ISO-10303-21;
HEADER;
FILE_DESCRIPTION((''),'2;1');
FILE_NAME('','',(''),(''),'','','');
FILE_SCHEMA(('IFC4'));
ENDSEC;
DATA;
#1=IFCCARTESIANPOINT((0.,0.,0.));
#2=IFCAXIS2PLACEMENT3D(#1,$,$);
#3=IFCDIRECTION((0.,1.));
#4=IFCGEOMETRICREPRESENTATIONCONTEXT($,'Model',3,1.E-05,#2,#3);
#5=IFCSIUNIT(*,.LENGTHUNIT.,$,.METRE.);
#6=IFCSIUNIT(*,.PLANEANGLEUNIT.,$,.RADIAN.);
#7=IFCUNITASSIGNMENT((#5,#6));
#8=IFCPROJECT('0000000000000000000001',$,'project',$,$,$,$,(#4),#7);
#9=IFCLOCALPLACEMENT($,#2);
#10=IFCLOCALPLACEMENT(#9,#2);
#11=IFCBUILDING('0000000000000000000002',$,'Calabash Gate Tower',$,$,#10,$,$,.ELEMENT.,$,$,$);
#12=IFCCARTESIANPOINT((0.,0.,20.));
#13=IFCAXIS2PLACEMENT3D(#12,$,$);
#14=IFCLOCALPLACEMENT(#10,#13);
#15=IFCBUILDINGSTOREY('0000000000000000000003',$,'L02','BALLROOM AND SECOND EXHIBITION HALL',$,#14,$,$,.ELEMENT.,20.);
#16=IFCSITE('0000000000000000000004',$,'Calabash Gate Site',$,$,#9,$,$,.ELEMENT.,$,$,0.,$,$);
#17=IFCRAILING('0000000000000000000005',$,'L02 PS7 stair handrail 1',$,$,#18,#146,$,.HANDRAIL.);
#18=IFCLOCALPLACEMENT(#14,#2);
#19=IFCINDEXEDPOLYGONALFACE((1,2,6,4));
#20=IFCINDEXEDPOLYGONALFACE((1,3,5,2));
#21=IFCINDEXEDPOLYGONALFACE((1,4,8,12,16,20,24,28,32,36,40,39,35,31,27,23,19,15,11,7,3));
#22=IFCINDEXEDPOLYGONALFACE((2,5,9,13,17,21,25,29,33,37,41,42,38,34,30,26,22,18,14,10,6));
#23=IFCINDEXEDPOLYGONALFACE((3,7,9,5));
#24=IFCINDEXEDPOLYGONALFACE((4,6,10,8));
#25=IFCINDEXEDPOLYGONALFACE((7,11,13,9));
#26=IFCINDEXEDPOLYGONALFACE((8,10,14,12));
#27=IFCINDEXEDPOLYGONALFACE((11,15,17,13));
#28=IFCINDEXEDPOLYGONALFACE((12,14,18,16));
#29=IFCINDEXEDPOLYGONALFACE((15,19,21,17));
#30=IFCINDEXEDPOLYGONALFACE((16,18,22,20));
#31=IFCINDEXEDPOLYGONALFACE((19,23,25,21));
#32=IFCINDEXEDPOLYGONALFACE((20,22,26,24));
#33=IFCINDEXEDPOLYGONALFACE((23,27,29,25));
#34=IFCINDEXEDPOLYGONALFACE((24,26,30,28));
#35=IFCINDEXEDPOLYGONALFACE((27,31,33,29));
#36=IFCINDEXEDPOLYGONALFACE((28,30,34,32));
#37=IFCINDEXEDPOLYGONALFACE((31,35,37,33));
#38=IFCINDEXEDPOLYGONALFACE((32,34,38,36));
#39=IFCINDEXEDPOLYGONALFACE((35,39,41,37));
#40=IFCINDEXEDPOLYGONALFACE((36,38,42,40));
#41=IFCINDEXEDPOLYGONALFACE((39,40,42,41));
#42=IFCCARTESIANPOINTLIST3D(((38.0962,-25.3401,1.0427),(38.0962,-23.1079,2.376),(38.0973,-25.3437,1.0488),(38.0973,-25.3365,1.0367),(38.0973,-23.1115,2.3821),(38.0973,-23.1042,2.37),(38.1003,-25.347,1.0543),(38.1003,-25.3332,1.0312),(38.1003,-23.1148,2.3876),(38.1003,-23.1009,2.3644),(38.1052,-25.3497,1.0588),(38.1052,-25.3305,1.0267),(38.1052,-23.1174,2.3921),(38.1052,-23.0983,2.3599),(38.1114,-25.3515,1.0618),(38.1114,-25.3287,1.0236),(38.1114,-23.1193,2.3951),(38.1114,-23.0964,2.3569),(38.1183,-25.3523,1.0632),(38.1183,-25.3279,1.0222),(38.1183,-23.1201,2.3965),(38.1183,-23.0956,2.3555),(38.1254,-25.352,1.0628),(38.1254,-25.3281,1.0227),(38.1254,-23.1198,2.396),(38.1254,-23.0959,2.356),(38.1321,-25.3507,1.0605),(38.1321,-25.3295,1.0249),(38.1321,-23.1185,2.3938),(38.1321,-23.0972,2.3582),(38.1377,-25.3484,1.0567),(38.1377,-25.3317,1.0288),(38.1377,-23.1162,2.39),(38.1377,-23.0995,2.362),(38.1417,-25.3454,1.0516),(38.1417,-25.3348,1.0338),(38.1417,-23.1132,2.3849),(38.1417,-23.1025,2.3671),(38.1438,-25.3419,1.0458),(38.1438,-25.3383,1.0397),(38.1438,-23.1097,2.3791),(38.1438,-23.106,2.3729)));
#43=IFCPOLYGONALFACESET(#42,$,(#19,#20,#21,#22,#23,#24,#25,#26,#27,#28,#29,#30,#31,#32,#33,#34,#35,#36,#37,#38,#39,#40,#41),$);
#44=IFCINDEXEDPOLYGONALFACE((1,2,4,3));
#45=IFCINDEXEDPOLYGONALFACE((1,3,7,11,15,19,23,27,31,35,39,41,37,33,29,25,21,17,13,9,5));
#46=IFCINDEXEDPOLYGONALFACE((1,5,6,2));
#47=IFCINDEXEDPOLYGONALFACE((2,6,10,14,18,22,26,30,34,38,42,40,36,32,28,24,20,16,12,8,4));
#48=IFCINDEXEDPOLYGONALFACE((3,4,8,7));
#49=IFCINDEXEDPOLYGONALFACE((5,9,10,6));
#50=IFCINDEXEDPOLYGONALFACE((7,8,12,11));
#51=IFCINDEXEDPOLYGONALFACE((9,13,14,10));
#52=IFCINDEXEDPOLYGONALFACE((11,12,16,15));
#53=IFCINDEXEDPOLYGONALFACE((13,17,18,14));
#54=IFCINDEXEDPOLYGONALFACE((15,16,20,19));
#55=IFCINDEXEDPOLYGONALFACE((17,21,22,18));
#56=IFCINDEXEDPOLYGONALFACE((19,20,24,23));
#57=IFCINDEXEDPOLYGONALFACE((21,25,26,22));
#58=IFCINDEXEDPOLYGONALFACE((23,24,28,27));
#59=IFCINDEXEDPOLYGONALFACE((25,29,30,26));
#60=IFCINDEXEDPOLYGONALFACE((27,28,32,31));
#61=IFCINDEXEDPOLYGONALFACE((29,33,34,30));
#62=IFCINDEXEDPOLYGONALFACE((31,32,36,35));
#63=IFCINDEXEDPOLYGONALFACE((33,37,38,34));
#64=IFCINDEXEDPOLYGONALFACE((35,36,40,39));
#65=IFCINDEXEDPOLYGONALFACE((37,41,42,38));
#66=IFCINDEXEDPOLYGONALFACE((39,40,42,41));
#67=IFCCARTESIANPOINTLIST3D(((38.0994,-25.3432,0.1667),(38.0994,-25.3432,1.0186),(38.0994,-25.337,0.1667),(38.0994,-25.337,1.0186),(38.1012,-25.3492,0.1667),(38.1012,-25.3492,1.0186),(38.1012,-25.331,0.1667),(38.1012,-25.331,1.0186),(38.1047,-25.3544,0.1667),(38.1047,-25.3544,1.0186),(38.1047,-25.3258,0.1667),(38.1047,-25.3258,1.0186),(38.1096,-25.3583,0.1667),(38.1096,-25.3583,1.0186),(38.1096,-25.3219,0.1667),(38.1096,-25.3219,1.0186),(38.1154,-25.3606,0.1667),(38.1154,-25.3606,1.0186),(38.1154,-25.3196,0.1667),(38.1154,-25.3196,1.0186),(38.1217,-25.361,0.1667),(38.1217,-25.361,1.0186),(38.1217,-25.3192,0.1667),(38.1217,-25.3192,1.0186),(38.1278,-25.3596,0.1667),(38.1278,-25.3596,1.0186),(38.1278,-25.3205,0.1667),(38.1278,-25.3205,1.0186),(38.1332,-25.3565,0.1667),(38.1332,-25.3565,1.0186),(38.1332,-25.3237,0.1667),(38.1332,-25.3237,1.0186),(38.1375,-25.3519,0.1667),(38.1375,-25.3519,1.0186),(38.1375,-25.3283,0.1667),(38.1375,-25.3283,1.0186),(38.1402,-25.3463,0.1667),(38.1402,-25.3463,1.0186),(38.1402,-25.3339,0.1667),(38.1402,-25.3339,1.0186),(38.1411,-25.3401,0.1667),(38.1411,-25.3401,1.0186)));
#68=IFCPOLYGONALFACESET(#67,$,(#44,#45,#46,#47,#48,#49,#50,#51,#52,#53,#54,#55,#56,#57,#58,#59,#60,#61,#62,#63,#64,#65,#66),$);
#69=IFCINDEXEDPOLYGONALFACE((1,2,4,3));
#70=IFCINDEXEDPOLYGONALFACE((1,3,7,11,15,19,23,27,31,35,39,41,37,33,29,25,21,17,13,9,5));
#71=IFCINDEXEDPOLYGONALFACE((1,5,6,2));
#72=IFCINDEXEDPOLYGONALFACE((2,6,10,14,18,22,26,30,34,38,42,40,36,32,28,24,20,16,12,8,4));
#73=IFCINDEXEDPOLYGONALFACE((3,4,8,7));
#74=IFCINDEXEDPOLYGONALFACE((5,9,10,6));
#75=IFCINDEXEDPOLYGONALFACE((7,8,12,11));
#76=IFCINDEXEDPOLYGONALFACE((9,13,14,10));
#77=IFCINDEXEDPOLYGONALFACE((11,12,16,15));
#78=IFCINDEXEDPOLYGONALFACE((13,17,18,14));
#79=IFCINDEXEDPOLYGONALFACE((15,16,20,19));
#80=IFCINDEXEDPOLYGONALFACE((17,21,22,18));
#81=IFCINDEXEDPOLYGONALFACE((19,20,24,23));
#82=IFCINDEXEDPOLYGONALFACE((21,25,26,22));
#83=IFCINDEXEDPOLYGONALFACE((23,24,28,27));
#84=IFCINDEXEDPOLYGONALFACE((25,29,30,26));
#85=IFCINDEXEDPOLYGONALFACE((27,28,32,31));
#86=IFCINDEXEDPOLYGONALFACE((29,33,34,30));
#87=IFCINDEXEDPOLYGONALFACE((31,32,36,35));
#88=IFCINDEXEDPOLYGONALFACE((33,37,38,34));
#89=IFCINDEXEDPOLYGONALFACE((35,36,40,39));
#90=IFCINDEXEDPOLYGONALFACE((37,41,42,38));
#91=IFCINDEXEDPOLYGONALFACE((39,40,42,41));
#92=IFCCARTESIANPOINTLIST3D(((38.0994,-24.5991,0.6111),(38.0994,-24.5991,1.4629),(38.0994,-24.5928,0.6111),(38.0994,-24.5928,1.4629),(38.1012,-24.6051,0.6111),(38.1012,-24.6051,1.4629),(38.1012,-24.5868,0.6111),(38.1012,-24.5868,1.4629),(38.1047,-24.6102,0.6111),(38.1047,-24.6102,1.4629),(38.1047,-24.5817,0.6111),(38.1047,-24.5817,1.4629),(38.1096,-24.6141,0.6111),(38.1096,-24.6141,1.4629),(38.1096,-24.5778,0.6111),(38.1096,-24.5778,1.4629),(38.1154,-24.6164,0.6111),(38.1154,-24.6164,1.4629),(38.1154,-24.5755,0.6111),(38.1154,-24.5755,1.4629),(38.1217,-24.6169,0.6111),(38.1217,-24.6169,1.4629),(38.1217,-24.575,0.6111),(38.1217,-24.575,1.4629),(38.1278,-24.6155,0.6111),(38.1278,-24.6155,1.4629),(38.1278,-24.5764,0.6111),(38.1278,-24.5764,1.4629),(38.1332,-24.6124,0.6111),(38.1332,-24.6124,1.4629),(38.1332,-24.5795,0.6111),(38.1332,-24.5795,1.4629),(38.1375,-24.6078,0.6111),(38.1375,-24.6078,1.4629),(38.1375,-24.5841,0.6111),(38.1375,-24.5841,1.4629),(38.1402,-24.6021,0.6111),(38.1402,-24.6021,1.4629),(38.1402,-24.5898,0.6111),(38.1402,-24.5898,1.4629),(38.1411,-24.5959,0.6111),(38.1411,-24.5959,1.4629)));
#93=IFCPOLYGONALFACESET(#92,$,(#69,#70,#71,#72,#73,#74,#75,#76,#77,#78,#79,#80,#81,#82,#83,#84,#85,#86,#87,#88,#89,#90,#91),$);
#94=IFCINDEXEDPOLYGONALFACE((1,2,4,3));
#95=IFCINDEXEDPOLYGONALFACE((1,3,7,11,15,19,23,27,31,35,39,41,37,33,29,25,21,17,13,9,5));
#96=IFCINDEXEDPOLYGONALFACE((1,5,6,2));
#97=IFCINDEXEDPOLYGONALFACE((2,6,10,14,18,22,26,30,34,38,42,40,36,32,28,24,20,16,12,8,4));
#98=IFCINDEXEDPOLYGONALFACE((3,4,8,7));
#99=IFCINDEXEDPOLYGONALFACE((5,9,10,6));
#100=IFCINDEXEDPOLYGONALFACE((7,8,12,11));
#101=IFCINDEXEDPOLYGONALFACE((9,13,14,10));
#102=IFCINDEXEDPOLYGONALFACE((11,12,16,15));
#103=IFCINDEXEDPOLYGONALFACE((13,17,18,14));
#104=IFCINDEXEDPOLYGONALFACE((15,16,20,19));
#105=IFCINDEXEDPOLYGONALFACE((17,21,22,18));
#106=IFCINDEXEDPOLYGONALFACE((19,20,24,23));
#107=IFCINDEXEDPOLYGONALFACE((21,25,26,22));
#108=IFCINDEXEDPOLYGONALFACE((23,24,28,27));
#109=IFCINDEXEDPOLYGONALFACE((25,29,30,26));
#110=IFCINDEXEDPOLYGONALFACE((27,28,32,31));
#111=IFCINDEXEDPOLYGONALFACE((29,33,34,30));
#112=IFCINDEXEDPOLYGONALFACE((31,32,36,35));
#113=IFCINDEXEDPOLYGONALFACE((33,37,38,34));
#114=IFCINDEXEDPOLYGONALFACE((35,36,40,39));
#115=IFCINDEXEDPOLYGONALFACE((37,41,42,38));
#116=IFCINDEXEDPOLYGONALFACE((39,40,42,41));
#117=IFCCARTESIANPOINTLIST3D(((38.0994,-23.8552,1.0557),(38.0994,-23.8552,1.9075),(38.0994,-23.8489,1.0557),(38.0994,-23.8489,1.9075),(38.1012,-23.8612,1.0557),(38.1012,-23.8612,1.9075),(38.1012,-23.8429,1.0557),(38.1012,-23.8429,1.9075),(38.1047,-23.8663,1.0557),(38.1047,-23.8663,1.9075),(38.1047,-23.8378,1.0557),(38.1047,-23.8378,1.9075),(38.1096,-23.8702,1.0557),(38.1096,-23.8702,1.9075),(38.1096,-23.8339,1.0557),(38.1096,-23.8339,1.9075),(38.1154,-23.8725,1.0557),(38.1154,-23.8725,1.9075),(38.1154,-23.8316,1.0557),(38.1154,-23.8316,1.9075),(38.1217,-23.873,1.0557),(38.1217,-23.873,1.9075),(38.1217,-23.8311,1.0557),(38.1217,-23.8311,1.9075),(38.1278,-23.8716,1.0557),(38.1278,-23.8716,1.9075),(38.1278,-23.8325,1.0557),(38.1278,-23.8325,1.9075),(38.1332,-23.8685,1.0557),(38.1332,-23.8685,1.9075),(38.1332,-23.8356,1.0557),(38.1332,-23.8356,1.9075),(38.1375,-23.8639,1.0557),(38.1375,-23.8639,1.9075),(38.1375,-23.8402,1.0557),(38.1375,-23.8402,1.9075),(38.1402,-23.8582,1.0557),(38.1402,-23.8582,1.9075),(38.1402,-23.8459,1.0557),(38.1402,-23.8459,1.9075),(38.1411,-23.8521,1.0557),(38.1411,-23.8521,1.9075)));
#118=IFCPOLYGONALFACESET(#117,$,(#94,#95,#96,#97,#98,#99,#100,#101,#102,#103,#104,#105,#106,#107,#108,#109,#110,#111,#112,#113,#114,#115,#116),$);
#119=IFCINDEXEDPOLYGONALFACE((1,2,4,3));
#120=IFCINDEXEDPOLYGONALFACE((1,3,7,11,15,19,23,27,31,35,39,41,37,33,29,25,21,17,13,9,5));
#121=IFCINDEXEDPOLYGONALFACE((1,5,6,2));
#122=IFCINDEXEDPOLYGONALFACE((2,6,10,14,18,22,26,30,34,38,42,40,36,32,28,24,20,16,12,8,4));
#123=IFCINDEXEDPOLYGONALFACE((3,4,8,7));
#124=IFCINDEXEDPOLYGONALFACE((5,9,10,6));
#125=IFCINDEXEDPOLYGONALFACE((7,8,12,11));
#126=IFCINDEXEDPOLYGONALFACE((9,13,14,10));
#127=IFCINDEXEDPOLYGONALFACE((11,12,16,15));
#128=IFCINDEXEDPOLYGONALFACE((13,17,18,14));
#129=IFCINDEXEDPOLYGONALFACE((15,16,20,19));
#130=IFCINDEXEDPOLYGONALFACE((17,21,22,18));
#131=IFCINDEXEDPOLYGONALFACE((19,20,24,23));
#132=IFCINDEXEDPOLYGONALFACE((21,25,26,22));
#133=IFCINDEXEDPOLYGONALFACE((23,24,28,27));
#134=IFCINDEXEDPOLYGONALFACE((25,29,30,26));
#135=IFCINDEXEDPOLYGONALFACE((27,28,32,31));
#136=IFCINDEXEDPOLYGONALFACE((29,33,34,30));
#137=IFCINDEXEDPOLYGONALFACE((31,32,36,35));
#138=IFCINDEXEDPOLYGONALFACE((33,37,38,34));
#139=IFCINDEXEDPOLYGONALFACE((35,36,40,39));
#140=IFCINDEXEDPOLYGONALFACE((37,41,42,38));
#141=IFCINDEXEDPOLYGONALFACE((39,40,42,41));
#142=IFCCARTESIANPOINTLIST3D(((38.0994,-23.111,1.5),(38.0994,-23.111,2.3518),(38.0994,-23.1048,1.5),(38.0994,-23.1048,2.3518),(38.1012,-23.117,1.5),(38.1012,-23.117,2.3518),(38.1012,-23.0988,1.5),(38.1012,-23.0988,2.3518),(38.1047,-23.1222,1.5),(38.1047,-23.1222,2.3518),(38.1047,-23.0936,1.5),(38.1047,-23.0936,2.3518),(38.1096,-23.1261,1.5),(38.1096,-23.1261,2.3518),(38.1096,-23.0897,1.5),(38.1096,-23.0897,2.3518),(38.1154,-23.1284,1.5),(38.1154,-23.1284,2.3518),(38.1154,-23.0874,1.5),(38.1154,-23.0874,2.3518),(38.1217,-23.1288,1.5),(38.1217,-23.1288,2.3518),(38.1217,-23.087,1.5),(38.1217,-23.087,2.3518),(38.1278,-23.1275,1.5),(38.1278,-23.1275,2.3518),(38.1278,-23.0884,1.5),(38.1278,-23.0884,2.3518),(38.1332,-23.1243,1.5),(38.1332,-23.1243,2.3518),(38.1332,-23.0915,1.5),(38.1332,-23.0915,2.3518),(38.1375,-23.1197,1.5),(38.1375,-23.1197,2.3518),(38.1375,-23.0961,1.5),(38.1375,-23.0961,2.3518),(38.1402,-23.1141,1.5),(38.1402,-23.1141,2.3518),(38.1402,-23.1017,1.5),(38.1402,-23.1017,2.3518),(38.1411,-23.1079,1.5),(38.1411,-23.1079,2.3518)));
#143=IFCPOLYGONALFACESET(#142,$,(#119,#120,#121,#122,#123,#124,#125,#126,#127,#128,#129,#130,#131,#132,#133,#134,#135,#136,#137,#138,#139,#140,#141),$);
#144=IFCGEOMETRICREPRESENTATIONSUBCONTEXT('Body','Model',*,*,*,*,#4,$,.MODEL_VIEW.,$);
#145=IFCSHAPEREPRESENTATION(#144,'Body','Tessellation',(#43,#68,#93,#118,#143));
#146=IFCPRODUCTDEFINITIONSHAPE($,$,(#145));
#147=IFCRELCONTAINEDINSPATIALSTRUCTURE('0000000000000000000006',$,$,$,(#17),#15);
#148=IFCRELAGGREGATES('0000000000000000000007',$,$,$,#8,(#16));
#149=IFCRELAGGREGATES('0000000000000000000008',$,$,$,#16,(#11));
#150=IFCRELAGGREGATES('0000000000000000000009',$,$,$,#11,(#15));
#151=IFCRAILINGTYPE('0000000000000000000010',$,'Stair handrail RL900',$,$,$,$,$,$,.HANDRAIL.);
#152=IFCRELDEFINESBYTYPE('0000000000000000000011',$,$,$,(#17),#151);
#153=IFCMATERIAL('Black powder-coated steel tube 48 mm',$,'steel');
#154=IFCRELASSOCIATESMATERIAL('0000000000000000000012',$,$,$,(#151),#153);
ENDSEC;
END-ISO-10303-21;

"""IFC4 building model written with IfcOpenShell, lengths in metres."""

from ifc_helpers import new_model, si_unit, direction, frame, origin, origin_2d, place, context, subcontext, project, spatial, circle, extrude, material, type_object, element, save


model = new_model("IFC4")

# Units and contexts
model_context = context("Model", 3, precision=1e-05, world=origin(), true_north=direction((0.0, 1.0)))
body_context = subcontext(model_context, "Body", "Model", "MODEL_VIEW")
ifc_project = project(units=[si_unit("LENGTHUNIT", "METRE"), si_unit("PLANEANGLEUNIT", "RADIAN")], contexts=[model_context])

# Site, building, storey
site_placement = place(None, origin())
site = spatial("IfcSite", under=ifc_project, at=site_placement, Name="Calabash Gate Site", CompositionType="ELEMENT", RefElevation=0.0)
building_placement = place(site_placement, origin())
building = spatial("IfcBuilding", under=site, at=building_placement, Name="Calabash Gate Tower", CompositionType="ELEMENT")
storey_placement = place(building_placement, frame((0.0, 0.0, 20.0)))
storey = spatial("IfcBuildingStorey", under=building, at=storey_placement, Name="L02", Description="BALLROOM AND SECOND EXHIBITION HALL", CompositionType="ELEMENT", Elevation=20.0)

# Railing
ifc_material_1 = material(Name="Black powder-coated steel tube 48 mm", Category="steel")
railing_type_1 = type_object("IfcRailingType", Name="Stair handrail RL900", PredefinedType="HANDRAIL", material=ifc_material_1)
for number, where, name in (
    (1, (38.1201, -25.3401, 0.1667), "L02 PS7 stair handrail 1"),
):
    element("IfcRailing", number, at=place(storey_placement, frame(where)), inside=storey, type_object=railing_type_1, Name=name, PredefinedType="HANDRAIL", context=body_context, shape_type="SweptSolid", body=[
        extrude(circle(Radius=0.0239, at=origin_2d()), frame((0.0, 0.0, 0.876), z_axis=(0.0, 0.858519, 0.512782), x_axis=(-1.0, 0.0, 0.0)), (0.0, 0.0, 1.0), 2.6001),
        extrude(circle(Radius=0.021, at=origin_2d()), origin(), (0.0, 0.0, 1.0), 0.8518),
        extrude(circle(Radius=0.021, at=origin_2d()), frame((0.0, 0.7441, 0.4443)), (0.0, 0.0, 1.0), 0.8518),
        extrude(circle(Radius=0.021, at=origin_2d()), frame((0.0, 1.488, 0.8889)), (0.0, 0.0, 1.0), 0.8518),
        extrude(circle(Radius=0.021, at=origin_2d()), frame((0.0, 2.2322, 1.3333)), (0.0, 0.0, 1.0), 0.8518),
    ])

save(model, "model.ifc")
